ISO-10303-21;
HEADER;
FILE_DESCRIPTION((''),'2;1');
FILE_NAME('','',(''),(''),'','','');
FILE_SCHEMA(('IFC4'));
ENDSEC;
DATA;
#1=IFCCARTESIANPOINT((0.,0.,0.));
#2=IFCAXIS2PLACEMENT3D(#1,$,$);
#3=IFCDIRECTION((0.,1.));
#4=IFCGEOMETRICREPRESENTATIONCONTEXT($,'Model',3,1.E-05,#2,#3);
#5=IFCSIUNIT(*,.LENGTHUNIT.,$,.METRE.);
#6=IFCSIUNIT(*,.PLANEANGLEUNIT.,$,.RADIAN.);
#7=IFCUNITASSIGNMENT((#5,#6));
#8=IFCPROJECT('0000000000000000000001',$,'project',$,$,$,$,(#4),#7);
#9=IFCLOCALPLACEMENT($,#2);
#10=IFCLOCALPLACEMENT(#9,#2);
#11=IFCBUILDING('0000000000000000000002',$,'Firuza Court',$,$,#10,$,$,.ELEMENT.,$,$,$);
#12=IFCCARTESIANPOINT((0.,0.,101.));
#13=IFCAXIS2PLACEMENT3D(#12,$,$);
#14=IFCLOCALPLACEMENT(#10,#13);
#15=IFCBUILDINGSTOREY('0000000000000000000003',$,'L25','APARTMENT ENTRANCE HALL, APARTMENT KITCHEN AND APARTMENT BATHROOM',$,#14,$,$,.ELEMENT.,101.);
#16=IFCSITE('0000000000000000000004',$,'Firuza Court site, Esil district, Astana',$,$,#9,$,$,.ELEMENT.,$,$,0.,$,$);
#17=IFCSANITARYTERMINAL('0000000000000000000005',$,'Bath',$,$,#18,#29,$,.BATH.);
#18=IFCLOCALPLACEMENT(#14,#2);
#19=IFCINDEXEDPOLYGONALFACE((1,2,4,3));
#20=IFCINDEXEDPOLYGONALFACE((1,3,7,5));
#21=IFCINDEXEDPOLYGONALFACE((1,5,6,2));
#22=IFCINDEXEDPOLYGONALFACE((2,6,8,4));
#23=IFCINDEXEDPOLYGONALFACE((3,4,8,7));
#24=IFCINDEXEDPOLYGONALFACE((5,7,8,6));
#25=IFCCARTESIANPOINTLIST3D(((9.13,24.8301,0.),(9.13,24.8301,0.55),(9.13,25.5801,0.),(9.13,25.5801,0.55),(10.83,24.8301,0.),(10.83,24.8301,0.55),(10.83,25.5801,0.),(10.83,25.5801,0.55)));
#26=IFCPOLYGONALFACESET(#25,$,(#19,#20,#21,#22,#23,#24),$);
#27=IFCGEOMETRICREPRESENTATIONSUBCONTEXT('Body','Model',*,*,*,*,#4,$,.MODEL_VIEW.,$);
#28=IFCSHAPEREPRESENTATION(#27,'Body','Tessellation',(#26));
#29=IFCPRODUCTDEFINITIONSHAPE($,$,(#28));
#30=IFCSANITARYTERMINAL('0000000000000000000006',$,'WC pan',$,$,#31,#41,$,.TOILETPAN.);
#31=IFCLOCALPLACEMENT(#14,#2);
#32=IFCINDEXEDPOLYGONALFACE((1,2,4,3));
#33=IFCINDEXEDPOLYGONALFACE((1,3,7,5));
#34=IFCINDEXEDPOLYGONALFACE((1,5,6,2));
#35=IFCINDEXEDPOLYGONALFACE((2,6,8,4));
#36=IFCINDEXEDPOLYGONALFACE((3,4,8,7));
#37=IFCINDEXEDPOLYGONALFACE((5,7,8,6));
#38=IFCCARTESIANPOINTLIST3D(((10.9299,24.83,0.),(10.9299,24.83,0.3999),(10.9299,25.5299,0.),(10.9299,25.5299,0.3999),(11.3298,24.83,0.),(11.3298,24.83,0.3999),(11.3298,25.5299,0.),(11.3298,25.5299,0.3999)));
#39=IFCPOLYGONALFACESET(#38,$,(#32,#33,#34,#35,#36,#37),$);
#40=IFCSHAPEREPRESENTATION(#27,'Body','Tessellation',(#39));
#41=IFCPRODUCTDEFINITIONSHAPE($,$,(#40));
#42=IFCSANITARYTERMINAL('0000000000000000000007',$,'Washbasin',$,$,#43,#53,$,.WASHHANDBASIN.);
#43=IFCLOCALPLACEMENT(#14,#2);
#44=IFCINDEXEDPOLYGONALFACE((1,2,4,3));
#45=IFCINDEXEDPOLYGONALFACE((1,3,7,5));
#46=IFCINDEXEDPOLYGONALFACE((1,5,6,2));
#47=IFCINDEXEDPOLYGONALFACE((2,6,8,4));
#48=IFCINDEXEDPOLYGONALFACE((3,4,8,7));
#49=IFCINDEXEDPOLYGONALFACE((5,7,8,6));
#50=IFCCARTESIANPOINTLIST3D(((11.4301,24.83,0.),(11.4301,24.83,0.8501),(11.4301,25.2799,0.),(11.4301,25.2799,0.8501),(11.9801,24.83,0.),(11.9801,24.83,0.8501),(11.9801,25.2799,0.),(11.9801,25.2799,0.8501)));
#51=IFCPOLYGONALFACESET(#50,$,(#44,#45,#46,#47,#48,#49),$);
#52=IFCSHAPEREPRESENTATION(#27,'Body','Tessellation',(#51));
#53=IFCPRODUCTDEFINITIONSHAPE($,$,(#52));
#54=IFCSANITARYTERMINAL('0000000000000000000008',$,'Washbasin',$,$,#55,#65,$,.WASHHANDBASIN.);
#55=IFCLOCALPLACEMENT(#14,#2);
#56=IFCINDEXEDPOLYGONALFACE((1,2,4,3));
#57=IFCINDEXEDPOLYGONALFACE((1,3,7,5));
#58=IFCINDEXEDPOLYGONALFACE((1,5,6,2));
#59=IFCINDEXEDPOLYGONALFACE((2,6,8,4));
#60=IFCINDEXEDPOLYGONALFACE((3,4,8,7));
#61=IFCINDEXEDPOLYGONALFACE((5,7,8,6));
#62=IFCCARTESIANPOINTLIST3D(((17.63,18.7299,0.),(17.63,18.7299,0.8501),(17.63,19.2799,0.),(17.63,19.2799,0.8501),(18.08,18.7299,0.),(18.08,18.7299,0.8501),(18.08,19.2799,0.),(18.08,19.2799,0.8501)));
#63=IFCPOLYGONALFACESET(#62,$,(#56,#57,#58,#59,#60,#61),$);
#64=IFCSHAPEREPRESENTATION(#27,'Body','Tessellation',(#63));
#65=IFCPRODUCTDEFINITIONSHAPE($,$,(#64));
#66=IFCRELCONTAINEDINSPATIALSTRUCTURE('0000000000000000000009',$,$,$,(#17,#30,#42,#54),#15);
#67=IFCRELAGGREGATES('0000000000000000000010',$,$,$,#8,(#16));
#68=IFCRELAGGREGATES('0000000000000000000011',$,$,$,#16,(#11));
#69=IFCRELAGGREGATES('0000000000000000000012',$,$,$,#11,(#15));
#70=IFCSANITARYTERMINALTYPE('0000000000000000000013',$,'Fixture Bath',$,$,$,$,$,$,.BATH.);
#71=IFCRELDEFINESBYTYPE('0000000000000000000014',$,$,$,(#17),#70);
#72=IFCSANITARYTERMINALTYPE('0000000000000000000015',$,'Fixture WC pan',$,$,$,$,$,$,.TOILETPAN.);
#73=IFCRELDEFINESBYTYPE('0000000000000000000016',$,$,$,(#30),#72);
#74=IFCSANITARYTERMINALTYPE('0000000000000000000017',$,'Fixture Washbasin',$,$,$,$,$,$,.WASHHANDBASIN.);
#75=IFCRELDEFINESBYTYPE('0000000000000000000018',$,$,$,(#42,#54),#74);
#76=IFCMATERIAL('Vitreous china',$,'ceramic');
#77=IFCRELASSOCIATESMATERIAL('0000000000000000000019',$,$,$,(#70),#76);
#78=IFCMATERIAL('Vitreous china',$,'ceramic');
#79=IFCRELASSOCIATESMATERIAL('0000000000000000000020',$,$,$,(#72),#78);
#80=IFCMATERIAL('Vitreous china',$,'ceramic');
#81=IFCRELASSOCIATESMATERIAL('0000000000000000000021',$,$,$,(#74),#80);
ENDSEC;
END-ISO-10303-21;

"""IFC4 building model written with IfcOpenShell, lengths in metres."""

from ifc_helpers import new_model, si_unit, direction, frame, origin, origin_2d, place, context, subcontext, project, spatial, rectangle, extrude, material, type_object, element, save


model = new_model("IFC4")

# Units and contexts
model_context = context("Model", 3, precision=1e-05, world=origin(), true_north=direction((0.0, 1.0)))
body_context = subcontext(model_context, "Body", "Model", "MODEL_VIEW")
ifc_project = project(units=[si_unit("LENGTHUNIT", "METRE"), si_unit("PLANEANGLEUNIT", "RADIAN")], contexts=[model_context])

# Site, building, storey
site_placement = place(None, origin())
site = spatial("IfcSite", under=ifc_project, at=site_placement, Name="Firuza Court site, Esil district, Astana", CompositionType="ELEMENT", RefElevation=0.0)
building_placement = place(site_placement, origin())
building = spatial("IfcBuilding", under=site, at=building_placement, Name="Firuza Court", CompositionType="ELEMENT")
storey_placement = place(building_placement, frame((0.0, 0.0, 101.0)))
storey = spatial("IfcBuildingStorey", under=building, at=storey_placement, Name="L25", Description="APARTMENT ENTRANCE HALL, APARTMENT KITCHEN AND APARTMENT BATHROOM", CompositionType="ELEMENT", Elevation=101.0)

# Sanitary terminals
ifc_material_1 = material(Name="Vitreous china", Category="ceramic")
sanitary_terminal_type_1 = type_object("IfcSanitaryTerminalType", Name="Fixture Bath", PredefinedType="BATH", material=ifc_material_1)
sanitary_terminal_1_placement = place(storey_placement, frame((9.98, 25.2051, 0.0), z_axis=(0.0, 0.0, 1.0), x_axis=(1.0, 0.0, 0.0)))
element("IfcSanitaryTerminal", 1, at=sanitary_terminal_1_placement, inside=storey, type_object=sanitary_terminal_type_1, Name="Bath", PredefinedType="BATH", context=body_context, shape_type="SweptSolid", body=[
    extrude(rectangle(XDim=1.7, YDim=0.75, at=origin_2d()), origin(), (0.0, 0.0, 1.0), 0.55),
])
ifc_material_2 = material(Name="Vitreous china", Category="ceramic")
sanitary_terminal_type_2 = type_object("IfcSanitaryTerminalType", Name="Fixture WC pan", PredefinedType="TOILETPAN", material=ifc_material_2)
sanitary_terminal_2_placement = place(storey_placement, frame((11.1299, 25.1799, 0.0), z_axis=(0.0, 0.0, 1.0), x_axis=(1.0, 0.0, 0.0)))
element("IfcSanitaryTerminal", 2, at=sanitary_terminal_2_placement, inside=storey, type_object=sanitary_terminal_type_2, Name="WC pan", PredefinedType="TOILETPAN", context=body_context, shape_type="SweptSolid", body=[
    extrude(rectangle(XDim=0.3999, YDim=0.7, at=origin_2d()), origin(), (0.0, 0.0, 1.0), 0.3999),
])
ifc_material_3 = material(Name="Vitreous china", Category="ceramic")
sanitary_terminal_type_3 = type_object("IfcSanitaryTerminalType", Name="Fixture Washbasin", PredefinedType="WASHHANDBASIN", material=ifc_material_3)
sanitary_terminal_3_placement = place(storey_placement, frame((11.7051, 25.0549, 0.0), z_axis=(0.0, 0.0, 1.0), x_axis=(1.0, 0.0, 0.0)))
element("IfcSanitaryTerminal", 3, at=sanitary_terminal_3_placement, inside=storey, type_object=sanitary_terminal_type_3, Name="Washbasin", PredefinedType="WASHHANDBASIN", context=body_context, shape_type="SweptSolid", body=[
    extrude(rectangle(XDim=0.55, YDim=0.45, at=origin_2d()), origin(), (0.0, 0.0, 1.0), 0.8501),
])
sanitary_terminal_4_placement = place(storey_placement, frame((17.855, 19.0049, 0.0), z_axis=(0.0, 0.0, 1.0), x_axis=(1.0, 0.0, 0.0)))
element("IfcSanitaryTerminal", 4, at=sanitary_terminal_4_placement, inside=storey, type_object=sanitary_terminal_type_3, Name="Washbasin", PredefinedType="WASHHANDBASIN", context=body_context, shape_type="SweptSolid", body=[
    extrude(rectangle(XDim=0.45, YDim=0.55, at=origin_2d()), origin(), (0.0, 0.0, 1.0), 0.8501),
])

save(model, "model.ifc")
